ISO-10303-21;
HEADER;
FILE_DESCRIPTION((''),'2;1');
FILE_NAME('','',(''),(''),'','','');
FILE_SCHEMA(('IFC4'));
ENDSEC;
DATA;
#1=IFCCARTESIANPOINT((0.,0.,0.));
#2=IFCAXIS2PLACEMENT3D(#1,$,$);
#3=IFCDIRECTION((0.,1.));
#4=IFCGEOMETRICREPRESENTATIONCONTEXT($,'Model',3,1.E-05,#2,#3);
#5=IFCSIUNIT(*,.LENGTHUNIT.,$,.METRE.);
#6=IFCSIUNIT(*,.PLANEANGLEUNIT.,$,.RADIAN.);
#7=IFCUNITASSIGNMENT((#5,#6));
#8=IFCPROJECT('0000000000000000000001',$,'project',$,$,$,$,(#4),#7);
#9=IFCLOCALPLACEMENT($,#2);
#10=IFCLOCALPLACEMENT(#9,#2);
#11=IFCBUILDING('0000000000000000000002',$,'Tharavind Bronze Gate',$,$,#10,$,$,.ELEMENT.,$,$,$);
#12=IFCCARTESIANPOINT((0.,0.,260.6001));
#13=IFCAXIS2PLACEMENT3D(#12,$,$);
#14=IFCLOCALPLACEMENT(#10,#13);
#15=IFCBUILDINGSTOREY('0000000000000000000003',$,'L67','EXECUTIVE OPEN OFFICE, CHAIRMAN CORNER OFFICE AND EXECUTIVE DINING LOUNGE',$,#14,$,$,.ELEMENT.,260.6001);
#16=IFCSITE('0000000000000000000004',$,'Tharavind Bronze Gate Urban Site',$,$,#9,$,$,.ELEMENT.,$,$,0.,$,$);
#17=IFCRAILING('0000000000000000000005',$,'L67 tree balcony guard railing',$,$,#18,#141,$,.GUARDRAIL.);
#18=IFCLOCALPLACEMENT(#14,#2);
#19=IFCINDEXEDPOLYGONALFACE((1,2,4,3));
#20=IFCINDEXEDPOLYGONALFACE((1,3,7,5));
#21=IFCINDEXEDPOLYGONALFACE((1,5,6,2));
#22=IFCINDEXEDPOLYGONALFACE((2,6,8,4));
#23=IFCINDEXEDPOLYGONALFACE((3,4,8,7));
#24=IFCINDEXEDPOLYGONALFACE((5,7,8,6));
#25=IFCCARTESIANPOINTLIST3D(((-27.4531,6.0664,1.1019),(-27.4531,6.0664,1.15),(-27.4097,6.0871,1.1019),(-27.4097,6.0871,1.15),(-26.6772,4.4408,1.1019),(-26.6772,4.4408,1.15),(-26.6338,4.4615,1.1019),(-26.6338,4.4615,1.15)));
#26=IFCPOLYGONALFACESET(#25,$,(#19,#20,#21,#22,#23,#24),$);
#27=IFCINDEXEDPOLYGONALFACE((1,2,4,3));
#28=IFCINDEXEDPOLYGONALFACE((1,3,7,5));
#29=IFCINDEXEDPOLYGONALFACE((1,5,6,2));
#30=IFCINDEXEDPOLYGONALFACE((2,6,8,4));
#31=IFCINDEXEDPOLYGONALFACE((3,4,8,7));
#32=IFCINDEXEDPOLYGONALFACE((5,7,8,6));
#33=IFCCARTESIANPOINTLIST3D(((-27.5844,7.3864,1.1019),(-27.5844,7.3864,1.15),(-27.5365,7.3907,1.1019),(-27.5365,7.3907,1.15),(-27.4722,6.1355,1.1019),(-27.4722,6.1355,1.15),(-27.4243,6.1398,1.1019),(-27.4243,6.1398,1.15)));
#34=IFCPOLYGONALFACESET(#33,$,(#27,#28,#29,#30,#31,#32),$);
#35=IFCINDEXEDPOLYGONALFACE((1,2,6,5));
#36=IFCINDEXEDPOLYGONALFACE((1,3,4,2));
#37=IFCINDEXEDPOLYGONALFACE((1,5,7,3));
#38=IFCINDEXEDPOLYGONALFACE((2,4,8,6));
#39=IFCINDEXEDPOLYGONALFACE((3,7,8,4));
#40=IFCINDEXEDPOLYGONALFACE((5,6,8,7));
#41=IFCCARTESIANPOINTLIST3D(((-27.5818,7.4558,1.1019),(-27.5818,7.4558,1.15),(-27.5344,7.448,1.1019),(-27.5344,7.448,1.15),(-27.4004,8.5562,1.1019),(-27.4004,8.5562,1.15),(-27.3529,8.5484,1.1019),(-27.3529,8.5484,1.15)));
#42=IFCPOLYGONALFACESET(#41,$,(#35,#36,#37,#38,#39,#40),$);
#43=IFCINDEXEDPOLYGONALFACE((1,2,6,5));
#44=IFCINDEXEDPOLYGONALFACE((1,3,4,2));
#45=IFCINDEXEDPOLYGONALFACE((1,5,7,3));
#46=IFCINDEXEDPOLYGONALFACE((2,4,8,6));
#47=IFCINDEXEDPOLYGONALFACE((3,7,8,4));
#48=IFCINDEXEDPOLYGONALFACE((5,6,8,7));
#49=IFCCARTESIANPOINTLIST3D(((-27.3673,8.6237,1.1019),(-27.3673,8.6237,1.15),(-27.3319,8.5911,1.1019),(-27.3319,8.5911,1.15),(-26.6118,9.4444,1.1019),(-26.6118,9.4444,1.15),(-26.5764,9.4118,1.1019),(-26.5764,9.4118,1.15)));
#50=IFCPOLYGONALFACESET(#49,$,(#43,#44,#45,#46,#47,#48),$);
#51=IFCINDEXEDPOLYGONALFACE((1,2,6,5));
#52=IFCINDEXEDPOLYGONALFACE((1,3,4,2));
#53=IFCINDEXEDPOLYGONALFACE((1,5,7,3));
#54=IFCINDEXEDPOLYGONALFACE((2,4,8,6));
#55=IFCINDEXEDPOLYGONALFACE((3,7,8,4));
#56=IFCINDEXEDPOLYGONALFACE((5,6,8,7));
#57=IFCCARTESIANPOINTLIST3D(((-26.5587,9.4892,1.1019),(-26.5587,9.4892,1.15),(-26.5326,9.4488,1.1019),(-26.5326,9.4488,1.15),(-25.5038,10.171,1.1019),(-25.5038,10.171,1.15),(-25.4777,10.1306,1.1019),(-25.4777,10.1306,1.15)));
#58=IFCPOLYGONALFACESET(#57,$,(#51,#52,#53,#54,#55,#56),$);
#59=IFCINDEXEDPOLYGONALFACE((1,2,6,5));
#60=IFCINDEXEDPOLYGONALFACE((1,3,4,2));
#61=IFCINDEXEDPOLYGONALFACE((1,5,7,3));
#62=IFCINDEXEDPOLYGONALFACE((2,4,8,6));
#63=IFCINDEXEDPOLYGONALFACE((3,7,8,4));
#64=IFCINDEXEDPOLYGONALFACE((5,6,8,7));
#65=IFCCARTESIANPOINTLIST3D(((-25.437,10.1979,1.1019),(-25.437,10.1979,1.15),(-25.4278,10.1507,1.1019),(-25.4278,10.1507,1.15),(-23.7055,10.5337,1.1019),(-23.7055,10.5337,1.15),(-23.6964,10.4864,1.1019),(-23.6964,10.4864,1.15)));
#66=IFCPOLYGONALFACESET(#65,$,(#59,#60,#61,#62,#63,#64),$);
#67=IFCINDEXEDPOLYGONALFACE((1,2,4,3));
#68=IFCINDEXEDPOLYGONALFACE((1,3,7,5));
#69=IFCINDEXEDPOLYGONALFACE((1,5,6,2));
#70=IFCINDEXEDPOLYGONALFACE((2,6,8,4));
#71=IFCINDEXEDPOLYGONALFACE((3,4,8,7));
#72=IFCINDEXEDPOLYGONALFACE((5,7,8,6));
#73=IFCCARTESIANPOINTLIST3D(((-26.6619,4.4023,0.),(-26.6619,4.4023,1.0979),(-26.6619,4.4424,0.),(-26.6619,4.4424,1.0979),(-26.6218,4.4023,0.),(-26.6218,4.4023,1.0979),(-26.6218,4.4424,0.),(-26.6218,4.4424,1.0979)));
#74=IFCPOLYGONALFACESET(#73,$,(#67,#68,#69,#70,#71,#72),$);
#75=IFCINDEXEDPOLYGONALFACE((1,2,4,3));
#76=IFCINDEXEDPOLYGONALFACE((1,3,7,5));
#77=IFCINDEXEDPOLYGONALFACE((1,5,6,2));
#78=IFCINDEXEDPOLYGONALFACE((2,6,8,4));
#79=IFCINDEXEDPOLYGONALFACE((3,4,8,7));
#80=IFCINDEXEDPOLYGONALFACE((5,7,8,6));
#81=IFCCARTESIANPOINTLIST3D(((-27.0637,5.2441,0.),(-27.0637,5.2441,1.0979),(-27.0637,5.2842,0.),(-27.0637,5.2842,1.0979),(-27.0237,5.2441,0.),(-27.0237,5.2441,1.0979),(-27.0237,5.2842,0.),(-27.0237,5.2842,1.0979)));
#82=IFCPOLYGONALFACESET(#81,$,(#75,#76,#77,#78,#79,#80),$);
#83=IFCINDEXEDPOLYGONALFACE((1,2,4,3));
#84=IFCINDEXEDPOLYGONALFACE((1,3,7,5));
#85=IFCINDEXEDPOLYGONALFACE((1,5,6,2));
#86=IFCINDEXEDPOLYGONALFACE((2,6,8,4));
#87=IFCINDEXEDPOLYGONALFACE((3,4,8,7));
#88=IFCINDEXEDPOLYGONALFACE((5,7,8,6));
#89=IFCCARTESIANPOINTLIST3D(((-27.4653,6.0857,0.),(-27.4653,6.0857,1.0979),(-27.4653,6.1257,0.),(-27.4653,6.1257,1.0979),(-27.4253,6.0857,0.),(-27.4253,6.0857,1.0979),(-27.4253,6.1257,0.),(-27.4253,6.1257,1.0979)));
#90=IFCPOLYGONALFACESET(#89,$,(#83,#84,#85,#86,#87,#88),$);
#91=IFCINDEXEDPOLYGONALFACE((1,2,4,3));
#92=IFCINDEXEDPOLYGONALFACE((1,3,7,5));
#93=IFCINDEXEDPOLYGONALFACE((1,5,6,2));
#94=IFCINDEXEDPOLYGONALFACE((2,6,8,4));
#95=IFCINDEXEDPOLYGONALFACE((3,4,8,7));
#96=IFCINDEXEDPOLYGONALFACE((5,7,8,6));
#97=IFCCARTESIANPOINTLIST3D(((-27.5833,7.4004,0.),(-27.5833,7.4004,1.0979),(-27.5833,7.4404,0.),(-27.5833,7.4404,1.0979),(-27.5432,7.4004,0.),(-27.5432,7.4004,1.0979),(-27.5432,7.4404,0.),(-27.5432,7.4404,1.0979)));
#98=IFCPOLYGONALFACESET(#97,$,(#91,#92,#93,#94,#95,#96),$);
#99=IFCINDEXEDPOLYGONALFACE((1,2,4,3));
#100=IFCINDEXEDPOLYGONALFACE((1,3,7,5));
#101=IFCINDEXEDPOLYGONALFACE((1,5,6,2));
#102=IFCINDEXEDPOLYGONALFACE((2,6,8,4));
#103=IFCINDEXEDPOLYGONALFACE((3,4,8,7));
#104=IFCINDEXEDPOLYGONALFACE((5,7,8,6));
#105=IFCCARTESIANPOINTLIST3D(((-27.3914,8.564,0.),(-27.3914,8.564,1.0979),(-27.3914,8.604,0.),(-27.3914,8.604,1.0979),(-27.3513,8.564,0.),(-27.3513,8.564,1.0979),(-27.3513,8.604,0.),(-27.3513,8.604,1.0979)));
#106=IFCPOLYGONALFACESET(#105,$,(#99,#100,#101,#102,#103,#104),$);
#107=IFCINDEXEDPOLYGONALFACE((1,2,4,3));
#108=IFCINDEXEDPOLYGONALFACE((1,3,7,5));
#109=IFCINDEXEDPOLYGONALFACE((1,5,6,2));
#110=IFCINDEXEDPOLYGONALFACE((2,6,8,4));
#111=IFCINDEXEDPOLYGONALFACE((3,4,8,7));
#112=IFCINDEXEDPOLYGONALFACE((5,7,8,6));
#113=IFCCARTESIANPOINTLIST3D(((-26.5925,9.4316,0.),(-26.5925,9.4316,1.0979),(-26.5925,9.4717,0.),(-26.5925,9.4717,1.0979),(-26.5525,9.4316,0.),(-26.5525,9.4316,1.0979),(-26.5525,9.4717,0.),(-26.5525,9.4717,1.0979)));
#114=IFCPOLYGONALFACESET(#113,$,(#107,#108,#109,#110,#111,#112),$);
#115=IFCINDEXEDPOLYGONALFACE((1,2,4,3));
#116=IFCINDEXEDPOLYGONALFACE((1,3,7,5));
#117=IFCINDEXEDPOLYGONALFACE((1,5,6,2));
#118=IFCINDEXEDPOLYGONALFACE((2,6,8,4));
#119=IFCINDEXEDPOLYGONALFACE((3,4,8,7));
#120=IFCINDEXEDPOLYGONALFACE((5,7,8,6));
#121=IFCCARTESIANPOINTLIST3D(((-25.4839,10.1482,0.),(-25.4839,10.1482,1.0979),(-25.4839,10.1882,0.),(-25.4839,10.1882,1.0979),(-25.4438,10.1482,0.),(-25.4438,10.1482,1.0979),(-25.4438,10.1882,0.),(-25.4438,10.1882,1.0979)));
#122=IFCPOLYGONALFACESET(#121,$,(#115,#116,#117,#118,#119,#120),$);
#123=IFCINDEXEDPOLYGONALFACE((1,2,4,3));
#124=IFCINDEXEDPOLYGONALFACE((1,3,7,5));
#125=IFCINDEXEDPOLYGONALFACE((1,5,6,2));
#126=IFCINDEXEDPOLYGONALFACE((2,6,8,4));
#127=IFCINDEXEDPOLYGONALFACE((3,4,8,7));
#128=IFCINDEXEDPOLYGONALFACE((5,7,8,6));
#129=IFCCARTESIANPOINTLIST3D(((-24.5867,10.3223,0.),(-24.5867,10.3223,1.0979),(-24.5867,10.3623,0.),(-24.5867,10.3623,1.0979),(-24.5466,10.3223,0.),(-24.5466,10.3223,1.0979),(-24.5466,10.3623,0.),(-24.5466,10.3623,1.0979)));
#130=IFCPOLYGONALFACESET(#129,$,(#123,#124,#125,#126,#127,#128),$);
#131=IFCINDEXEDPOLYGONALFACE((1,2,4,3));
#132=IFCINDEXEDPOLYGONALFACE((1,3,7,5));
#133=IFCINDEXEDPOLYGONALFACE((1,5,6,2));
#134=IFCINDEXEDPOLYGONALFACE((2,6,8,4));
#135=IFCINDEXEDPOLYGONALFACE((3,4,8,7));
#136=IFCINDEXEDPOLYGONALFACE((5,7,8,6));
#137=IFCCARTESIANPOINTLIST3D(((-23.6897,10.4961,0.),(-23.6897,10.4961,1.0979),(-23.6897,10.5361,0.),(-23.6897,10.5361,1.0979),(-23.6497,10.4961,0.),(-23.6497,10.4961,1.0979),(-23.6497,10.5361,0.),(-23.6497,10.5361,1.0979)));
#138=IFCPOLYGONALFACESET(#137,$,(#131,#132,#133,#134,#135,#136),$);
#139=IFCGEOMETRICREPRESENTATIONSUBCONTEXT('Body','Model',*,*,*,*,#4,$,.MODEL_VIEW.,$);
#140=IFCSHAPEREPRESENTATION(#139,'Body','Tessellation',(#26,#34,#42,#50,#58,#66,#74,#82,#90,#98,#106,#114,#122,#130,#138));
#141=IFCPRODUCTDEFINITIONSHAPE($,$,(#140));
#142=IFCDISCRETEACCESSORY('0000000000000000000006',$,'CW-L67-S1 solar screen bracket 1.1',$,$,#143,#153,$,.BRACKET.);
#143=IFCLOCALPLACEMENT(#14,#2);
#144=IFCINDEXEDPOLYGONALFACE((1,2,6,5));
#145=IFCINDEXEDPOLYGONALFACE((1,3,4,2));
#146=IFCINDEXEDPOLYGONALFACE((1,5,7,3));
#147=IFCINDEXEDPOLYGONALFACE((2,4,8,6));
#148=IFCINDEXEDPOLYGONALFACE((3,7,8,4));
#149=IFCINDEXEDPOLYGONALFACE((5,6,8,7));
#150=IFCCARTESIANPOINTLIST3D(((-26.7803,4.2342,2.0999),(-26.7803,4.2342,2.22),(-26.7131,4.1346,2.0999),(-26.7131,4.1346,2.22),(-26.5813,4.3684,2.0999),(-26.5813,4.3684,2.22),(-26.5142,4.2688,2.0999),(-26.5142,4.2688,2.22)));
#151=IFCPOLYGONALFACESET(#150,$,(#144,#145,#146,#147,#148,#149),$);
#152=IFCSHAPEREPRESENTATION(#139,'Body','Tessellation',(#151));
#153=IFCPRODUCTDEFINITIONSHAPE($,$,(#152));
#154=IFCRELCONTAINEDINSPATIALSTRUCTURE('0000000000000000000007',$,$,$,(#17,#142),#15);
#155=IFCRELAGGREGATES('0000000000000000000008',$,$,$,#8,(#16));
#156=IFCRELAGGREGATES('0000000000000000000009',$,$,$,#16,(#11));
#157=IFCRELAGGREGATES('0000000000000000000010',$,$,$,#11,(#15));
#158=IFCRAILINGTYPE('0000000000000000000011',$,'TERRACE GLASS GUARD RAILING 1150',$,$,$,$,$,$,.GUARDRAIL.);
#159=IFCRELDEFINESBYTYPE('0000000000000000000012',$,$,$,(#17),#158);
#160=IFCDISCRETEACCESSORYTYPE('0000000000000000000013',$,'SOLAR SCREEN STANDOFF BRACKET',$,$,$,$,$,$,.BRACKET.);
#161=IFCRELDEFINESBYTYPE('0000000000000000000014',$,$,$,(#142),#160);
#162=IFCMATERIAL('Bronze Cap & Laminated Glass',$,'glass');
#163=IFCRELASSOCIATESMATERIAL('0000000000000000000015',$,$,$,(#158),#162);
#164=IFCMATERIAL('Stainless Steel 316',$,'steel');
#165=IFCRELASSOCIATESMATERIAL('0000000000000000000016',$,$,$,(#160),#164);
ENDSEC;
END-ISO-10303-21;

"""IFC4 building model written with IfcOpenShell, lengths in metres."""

from ifc_helpers import new_model, si_unit, direction, frame, origin, origin_2d, place, context, subcontext, project, spatial, rectangle, extrude, material, type_object, element, save


model = new_model("IFC4")

# Units and contexts
model_context = context("Model", 3, precision=1e-05, world=origin(), true_north=direction((0.0, 1.0)))
body_context = subcontext(model_context, "Body", "Model", "MODEL_VIEW")
ifc_project = project(units=[si_unit("LENGTHUNIT", "METRE"), si_unit("PLANEANGLEUNIT", "RADIAN")], contexts=[model_context])

# Site, building, storey
site_placement = place(None, origin())
site = spatial("IfcSite", under=ifc_project, at=site_placement, Name="Tharavind Bronze Gate Urban Site", CompositionType="ELEMENT", RefElevation=0.0)
building_placement = place(site_placement, origin())
building = spatial("IfcBuilding", under=site, at=building_placement, Name="Tharavind Bronze Gate", CompositionType="ELEMENT")
storey_placement = place(building_placement, frame((0.0, 0.0, 260.6001)))
storey = spatial("IfcBuildingStorey", under=building, at=storey_placement, Name="L67", Description="EXECUTIVE OPEN OFFICE, CHAIRMAN CORNER OFFICE AND EXECUTIVE DINING LOUNGE", CompositionType="ELEMENT", Elevation=260.6001)

# Railing
ifc_material_1 = material(Name="Bronze Cap & Laminated Glass", Category="glass")
railing_type = type_object("IfcRailingType", Name="TERRACE GLASS GUARD RAILING 1150", PredefinedType="GUARDRAIL", material=ifc_material_1)
railing_placement = place(storey_placement, frame((-26.6418, 4.4224, 0.0)))
element("IfcRailing", 1, at=railing_placement, inside=storey, type_object=railing_type, Name="L67 tree balcony guard railing", PredefinedType="GUARDRAIL", context=body_context, shape_type="SweptSolid", body=[
    extrude(rectangle(XDim=0.0481, YDim=0.0481, at=origin_2d()), frame((-0.0137, 0.0288, 1.126), z_axis=(-0.430751, 0.902471, 0.0), x_axis=(-0.902471, -0.430751, 0.0)), (0.0, 0.0, 1.0), 1.8013),
    extrude(rectangle(XDim=0.0481, YDim=0.0481, at=origin_2d()), frame((-0.8064, 1.7153, 1.126), z_axis=(-0.089335, 0.996002, 0.0), x_axis=(-0.996002, -0.089335, 0.0)), (0.0, 0.0, 1.0), 1.2559),
    extrude(rectangle(XDim=0.0481, YDim=0.0481, at=origin_2d()), frame((-0.9163, 3.0295, 1.126), z_axis=(0.16272, 0.986672, 0.0), x_axis=(-0.986672, 0.16272, 0.0)), (0.0, 0.0, 1.0), 1.1152),
    extrude(rectangle(XDim=0.0481, YDim=0.0481, at=origin_2d()), frame((-0.7078, 4.1851, 1.126), z_axis=(0.677317, 0.735692, 0.0), x_axis=(-0.735692, 0.677317, 0.0)), (0.0, 0.0, 1.0), 1.1155),
    extrude(rectangle(XDim=0.0481, YDim=0.0481, at=origin_2d()), frame((0.0962, 5.0466, 1.126), z_axis=(0.839848, 0.542822, 0.0), x_axis=(-0.542822, 0.839848, 0.0)), (0.0, 0.0, 1.0), 1.2561),
    extrude(rectangle(XDim=0.0481, YDim=0.0481, at=origin_2d()), frame((1.2095, 5.752, 1.126), z_axis=(0.981715, 0.190358, 0.0), x_axis=(-0.190358, 0.981715, 0.0)), (0.0, 0.0, 1.0), 1.7637),
    extrude(rectangle(XDim=0.04, YDim=0.04, at=origin_2d()), origin(), (0.0, 0.0, 1.0), 1.0979),
    extrude(rectangle(XDim=0.04, YDim=0.04, at=origin_2d()), frame((-0.4019, 0.8418, 0.0)), (0.0, 0.0, 1.0), 1.0979),
    extrude(rectangle(XDim=0.04, YDim=0.04, at=origin_2d()), frame((-0.8035, 1.6833, 0.0)), (0.0, 0.0, 1.0), 1.0979),
    extrude(rectangle(XDim=0.04, YDim=0.04, at=origin_2d()), frame((-0.9214, 2.998, 0.0)), (0.0, 0.0, 1.0), 1.0979),
    extrude(rectangle(XDim=0.04, YDim=0.04, at=origin_2d()), frame((-0.7295, 4.1616, 0.0)), (0.0, 0.0, 1.0), 1.0979),
    extrude(rectangle(XDim=0.04, YDim=0.04, at=origin_2d()), frame((0.0693, 5.0293, 0.0)), (0.0, 0.0, 1.0), 1.0979),
    extrude(rectangle(XDim=0.04, YDim=0.04, at=origin_2d()), frame((1.178, 5.7458, 0.0)), (0.0, 0.0, 1.0), 1.0979),
    extrude(rectangle(XDim=0.04, YDim=0.04, at=origin_2d()), frame((2.0752, 5.9199, 0.0)), (0.0, 0.0, 1.0), 1.0979),
    extrude(rectangle(XDim=0.04, YDim=0.04, at=origin_2d()), frame((2.9722, 6.0938, 0.0)), (0.0, 0.0, 1.0), 1.0979),
])

# Discrete accessory
ifc_material_2 = material(Name="Stainless Steel 316", Category="steel")
discrete_accessory_type = type_object("IfcDiscreteAccessoryType", Name="SOLAR SCREEN STANDOFF BRACKET", PredefinedType="BRACKET", material=ifc_material_2)
discrete_accessory_placement = place(storey_placement, frame((-26.6472, 4.2515, 2.0999), z_axis=(0.0, 0.0, 1.0), x_axis=(0.559191, -0.829039, 0.0)))
element("IfcDiscreteAccessory", 2, at=discrete_accessory_placement, inside=storey, type_object=discrete_accessory_type, Name="CW-L67-S1 solar screen bracket 1.1", PredefinedType="BRACKET", context=body_context, shape_type="SweptSolid", body=[
    extrude(rectangle(XDim=0.1201, YDim=0.24, at=origin_2d()), origin(), (0.0, 0.0, 1.0), 0.1201),
])

save(model, "model.ifc")
